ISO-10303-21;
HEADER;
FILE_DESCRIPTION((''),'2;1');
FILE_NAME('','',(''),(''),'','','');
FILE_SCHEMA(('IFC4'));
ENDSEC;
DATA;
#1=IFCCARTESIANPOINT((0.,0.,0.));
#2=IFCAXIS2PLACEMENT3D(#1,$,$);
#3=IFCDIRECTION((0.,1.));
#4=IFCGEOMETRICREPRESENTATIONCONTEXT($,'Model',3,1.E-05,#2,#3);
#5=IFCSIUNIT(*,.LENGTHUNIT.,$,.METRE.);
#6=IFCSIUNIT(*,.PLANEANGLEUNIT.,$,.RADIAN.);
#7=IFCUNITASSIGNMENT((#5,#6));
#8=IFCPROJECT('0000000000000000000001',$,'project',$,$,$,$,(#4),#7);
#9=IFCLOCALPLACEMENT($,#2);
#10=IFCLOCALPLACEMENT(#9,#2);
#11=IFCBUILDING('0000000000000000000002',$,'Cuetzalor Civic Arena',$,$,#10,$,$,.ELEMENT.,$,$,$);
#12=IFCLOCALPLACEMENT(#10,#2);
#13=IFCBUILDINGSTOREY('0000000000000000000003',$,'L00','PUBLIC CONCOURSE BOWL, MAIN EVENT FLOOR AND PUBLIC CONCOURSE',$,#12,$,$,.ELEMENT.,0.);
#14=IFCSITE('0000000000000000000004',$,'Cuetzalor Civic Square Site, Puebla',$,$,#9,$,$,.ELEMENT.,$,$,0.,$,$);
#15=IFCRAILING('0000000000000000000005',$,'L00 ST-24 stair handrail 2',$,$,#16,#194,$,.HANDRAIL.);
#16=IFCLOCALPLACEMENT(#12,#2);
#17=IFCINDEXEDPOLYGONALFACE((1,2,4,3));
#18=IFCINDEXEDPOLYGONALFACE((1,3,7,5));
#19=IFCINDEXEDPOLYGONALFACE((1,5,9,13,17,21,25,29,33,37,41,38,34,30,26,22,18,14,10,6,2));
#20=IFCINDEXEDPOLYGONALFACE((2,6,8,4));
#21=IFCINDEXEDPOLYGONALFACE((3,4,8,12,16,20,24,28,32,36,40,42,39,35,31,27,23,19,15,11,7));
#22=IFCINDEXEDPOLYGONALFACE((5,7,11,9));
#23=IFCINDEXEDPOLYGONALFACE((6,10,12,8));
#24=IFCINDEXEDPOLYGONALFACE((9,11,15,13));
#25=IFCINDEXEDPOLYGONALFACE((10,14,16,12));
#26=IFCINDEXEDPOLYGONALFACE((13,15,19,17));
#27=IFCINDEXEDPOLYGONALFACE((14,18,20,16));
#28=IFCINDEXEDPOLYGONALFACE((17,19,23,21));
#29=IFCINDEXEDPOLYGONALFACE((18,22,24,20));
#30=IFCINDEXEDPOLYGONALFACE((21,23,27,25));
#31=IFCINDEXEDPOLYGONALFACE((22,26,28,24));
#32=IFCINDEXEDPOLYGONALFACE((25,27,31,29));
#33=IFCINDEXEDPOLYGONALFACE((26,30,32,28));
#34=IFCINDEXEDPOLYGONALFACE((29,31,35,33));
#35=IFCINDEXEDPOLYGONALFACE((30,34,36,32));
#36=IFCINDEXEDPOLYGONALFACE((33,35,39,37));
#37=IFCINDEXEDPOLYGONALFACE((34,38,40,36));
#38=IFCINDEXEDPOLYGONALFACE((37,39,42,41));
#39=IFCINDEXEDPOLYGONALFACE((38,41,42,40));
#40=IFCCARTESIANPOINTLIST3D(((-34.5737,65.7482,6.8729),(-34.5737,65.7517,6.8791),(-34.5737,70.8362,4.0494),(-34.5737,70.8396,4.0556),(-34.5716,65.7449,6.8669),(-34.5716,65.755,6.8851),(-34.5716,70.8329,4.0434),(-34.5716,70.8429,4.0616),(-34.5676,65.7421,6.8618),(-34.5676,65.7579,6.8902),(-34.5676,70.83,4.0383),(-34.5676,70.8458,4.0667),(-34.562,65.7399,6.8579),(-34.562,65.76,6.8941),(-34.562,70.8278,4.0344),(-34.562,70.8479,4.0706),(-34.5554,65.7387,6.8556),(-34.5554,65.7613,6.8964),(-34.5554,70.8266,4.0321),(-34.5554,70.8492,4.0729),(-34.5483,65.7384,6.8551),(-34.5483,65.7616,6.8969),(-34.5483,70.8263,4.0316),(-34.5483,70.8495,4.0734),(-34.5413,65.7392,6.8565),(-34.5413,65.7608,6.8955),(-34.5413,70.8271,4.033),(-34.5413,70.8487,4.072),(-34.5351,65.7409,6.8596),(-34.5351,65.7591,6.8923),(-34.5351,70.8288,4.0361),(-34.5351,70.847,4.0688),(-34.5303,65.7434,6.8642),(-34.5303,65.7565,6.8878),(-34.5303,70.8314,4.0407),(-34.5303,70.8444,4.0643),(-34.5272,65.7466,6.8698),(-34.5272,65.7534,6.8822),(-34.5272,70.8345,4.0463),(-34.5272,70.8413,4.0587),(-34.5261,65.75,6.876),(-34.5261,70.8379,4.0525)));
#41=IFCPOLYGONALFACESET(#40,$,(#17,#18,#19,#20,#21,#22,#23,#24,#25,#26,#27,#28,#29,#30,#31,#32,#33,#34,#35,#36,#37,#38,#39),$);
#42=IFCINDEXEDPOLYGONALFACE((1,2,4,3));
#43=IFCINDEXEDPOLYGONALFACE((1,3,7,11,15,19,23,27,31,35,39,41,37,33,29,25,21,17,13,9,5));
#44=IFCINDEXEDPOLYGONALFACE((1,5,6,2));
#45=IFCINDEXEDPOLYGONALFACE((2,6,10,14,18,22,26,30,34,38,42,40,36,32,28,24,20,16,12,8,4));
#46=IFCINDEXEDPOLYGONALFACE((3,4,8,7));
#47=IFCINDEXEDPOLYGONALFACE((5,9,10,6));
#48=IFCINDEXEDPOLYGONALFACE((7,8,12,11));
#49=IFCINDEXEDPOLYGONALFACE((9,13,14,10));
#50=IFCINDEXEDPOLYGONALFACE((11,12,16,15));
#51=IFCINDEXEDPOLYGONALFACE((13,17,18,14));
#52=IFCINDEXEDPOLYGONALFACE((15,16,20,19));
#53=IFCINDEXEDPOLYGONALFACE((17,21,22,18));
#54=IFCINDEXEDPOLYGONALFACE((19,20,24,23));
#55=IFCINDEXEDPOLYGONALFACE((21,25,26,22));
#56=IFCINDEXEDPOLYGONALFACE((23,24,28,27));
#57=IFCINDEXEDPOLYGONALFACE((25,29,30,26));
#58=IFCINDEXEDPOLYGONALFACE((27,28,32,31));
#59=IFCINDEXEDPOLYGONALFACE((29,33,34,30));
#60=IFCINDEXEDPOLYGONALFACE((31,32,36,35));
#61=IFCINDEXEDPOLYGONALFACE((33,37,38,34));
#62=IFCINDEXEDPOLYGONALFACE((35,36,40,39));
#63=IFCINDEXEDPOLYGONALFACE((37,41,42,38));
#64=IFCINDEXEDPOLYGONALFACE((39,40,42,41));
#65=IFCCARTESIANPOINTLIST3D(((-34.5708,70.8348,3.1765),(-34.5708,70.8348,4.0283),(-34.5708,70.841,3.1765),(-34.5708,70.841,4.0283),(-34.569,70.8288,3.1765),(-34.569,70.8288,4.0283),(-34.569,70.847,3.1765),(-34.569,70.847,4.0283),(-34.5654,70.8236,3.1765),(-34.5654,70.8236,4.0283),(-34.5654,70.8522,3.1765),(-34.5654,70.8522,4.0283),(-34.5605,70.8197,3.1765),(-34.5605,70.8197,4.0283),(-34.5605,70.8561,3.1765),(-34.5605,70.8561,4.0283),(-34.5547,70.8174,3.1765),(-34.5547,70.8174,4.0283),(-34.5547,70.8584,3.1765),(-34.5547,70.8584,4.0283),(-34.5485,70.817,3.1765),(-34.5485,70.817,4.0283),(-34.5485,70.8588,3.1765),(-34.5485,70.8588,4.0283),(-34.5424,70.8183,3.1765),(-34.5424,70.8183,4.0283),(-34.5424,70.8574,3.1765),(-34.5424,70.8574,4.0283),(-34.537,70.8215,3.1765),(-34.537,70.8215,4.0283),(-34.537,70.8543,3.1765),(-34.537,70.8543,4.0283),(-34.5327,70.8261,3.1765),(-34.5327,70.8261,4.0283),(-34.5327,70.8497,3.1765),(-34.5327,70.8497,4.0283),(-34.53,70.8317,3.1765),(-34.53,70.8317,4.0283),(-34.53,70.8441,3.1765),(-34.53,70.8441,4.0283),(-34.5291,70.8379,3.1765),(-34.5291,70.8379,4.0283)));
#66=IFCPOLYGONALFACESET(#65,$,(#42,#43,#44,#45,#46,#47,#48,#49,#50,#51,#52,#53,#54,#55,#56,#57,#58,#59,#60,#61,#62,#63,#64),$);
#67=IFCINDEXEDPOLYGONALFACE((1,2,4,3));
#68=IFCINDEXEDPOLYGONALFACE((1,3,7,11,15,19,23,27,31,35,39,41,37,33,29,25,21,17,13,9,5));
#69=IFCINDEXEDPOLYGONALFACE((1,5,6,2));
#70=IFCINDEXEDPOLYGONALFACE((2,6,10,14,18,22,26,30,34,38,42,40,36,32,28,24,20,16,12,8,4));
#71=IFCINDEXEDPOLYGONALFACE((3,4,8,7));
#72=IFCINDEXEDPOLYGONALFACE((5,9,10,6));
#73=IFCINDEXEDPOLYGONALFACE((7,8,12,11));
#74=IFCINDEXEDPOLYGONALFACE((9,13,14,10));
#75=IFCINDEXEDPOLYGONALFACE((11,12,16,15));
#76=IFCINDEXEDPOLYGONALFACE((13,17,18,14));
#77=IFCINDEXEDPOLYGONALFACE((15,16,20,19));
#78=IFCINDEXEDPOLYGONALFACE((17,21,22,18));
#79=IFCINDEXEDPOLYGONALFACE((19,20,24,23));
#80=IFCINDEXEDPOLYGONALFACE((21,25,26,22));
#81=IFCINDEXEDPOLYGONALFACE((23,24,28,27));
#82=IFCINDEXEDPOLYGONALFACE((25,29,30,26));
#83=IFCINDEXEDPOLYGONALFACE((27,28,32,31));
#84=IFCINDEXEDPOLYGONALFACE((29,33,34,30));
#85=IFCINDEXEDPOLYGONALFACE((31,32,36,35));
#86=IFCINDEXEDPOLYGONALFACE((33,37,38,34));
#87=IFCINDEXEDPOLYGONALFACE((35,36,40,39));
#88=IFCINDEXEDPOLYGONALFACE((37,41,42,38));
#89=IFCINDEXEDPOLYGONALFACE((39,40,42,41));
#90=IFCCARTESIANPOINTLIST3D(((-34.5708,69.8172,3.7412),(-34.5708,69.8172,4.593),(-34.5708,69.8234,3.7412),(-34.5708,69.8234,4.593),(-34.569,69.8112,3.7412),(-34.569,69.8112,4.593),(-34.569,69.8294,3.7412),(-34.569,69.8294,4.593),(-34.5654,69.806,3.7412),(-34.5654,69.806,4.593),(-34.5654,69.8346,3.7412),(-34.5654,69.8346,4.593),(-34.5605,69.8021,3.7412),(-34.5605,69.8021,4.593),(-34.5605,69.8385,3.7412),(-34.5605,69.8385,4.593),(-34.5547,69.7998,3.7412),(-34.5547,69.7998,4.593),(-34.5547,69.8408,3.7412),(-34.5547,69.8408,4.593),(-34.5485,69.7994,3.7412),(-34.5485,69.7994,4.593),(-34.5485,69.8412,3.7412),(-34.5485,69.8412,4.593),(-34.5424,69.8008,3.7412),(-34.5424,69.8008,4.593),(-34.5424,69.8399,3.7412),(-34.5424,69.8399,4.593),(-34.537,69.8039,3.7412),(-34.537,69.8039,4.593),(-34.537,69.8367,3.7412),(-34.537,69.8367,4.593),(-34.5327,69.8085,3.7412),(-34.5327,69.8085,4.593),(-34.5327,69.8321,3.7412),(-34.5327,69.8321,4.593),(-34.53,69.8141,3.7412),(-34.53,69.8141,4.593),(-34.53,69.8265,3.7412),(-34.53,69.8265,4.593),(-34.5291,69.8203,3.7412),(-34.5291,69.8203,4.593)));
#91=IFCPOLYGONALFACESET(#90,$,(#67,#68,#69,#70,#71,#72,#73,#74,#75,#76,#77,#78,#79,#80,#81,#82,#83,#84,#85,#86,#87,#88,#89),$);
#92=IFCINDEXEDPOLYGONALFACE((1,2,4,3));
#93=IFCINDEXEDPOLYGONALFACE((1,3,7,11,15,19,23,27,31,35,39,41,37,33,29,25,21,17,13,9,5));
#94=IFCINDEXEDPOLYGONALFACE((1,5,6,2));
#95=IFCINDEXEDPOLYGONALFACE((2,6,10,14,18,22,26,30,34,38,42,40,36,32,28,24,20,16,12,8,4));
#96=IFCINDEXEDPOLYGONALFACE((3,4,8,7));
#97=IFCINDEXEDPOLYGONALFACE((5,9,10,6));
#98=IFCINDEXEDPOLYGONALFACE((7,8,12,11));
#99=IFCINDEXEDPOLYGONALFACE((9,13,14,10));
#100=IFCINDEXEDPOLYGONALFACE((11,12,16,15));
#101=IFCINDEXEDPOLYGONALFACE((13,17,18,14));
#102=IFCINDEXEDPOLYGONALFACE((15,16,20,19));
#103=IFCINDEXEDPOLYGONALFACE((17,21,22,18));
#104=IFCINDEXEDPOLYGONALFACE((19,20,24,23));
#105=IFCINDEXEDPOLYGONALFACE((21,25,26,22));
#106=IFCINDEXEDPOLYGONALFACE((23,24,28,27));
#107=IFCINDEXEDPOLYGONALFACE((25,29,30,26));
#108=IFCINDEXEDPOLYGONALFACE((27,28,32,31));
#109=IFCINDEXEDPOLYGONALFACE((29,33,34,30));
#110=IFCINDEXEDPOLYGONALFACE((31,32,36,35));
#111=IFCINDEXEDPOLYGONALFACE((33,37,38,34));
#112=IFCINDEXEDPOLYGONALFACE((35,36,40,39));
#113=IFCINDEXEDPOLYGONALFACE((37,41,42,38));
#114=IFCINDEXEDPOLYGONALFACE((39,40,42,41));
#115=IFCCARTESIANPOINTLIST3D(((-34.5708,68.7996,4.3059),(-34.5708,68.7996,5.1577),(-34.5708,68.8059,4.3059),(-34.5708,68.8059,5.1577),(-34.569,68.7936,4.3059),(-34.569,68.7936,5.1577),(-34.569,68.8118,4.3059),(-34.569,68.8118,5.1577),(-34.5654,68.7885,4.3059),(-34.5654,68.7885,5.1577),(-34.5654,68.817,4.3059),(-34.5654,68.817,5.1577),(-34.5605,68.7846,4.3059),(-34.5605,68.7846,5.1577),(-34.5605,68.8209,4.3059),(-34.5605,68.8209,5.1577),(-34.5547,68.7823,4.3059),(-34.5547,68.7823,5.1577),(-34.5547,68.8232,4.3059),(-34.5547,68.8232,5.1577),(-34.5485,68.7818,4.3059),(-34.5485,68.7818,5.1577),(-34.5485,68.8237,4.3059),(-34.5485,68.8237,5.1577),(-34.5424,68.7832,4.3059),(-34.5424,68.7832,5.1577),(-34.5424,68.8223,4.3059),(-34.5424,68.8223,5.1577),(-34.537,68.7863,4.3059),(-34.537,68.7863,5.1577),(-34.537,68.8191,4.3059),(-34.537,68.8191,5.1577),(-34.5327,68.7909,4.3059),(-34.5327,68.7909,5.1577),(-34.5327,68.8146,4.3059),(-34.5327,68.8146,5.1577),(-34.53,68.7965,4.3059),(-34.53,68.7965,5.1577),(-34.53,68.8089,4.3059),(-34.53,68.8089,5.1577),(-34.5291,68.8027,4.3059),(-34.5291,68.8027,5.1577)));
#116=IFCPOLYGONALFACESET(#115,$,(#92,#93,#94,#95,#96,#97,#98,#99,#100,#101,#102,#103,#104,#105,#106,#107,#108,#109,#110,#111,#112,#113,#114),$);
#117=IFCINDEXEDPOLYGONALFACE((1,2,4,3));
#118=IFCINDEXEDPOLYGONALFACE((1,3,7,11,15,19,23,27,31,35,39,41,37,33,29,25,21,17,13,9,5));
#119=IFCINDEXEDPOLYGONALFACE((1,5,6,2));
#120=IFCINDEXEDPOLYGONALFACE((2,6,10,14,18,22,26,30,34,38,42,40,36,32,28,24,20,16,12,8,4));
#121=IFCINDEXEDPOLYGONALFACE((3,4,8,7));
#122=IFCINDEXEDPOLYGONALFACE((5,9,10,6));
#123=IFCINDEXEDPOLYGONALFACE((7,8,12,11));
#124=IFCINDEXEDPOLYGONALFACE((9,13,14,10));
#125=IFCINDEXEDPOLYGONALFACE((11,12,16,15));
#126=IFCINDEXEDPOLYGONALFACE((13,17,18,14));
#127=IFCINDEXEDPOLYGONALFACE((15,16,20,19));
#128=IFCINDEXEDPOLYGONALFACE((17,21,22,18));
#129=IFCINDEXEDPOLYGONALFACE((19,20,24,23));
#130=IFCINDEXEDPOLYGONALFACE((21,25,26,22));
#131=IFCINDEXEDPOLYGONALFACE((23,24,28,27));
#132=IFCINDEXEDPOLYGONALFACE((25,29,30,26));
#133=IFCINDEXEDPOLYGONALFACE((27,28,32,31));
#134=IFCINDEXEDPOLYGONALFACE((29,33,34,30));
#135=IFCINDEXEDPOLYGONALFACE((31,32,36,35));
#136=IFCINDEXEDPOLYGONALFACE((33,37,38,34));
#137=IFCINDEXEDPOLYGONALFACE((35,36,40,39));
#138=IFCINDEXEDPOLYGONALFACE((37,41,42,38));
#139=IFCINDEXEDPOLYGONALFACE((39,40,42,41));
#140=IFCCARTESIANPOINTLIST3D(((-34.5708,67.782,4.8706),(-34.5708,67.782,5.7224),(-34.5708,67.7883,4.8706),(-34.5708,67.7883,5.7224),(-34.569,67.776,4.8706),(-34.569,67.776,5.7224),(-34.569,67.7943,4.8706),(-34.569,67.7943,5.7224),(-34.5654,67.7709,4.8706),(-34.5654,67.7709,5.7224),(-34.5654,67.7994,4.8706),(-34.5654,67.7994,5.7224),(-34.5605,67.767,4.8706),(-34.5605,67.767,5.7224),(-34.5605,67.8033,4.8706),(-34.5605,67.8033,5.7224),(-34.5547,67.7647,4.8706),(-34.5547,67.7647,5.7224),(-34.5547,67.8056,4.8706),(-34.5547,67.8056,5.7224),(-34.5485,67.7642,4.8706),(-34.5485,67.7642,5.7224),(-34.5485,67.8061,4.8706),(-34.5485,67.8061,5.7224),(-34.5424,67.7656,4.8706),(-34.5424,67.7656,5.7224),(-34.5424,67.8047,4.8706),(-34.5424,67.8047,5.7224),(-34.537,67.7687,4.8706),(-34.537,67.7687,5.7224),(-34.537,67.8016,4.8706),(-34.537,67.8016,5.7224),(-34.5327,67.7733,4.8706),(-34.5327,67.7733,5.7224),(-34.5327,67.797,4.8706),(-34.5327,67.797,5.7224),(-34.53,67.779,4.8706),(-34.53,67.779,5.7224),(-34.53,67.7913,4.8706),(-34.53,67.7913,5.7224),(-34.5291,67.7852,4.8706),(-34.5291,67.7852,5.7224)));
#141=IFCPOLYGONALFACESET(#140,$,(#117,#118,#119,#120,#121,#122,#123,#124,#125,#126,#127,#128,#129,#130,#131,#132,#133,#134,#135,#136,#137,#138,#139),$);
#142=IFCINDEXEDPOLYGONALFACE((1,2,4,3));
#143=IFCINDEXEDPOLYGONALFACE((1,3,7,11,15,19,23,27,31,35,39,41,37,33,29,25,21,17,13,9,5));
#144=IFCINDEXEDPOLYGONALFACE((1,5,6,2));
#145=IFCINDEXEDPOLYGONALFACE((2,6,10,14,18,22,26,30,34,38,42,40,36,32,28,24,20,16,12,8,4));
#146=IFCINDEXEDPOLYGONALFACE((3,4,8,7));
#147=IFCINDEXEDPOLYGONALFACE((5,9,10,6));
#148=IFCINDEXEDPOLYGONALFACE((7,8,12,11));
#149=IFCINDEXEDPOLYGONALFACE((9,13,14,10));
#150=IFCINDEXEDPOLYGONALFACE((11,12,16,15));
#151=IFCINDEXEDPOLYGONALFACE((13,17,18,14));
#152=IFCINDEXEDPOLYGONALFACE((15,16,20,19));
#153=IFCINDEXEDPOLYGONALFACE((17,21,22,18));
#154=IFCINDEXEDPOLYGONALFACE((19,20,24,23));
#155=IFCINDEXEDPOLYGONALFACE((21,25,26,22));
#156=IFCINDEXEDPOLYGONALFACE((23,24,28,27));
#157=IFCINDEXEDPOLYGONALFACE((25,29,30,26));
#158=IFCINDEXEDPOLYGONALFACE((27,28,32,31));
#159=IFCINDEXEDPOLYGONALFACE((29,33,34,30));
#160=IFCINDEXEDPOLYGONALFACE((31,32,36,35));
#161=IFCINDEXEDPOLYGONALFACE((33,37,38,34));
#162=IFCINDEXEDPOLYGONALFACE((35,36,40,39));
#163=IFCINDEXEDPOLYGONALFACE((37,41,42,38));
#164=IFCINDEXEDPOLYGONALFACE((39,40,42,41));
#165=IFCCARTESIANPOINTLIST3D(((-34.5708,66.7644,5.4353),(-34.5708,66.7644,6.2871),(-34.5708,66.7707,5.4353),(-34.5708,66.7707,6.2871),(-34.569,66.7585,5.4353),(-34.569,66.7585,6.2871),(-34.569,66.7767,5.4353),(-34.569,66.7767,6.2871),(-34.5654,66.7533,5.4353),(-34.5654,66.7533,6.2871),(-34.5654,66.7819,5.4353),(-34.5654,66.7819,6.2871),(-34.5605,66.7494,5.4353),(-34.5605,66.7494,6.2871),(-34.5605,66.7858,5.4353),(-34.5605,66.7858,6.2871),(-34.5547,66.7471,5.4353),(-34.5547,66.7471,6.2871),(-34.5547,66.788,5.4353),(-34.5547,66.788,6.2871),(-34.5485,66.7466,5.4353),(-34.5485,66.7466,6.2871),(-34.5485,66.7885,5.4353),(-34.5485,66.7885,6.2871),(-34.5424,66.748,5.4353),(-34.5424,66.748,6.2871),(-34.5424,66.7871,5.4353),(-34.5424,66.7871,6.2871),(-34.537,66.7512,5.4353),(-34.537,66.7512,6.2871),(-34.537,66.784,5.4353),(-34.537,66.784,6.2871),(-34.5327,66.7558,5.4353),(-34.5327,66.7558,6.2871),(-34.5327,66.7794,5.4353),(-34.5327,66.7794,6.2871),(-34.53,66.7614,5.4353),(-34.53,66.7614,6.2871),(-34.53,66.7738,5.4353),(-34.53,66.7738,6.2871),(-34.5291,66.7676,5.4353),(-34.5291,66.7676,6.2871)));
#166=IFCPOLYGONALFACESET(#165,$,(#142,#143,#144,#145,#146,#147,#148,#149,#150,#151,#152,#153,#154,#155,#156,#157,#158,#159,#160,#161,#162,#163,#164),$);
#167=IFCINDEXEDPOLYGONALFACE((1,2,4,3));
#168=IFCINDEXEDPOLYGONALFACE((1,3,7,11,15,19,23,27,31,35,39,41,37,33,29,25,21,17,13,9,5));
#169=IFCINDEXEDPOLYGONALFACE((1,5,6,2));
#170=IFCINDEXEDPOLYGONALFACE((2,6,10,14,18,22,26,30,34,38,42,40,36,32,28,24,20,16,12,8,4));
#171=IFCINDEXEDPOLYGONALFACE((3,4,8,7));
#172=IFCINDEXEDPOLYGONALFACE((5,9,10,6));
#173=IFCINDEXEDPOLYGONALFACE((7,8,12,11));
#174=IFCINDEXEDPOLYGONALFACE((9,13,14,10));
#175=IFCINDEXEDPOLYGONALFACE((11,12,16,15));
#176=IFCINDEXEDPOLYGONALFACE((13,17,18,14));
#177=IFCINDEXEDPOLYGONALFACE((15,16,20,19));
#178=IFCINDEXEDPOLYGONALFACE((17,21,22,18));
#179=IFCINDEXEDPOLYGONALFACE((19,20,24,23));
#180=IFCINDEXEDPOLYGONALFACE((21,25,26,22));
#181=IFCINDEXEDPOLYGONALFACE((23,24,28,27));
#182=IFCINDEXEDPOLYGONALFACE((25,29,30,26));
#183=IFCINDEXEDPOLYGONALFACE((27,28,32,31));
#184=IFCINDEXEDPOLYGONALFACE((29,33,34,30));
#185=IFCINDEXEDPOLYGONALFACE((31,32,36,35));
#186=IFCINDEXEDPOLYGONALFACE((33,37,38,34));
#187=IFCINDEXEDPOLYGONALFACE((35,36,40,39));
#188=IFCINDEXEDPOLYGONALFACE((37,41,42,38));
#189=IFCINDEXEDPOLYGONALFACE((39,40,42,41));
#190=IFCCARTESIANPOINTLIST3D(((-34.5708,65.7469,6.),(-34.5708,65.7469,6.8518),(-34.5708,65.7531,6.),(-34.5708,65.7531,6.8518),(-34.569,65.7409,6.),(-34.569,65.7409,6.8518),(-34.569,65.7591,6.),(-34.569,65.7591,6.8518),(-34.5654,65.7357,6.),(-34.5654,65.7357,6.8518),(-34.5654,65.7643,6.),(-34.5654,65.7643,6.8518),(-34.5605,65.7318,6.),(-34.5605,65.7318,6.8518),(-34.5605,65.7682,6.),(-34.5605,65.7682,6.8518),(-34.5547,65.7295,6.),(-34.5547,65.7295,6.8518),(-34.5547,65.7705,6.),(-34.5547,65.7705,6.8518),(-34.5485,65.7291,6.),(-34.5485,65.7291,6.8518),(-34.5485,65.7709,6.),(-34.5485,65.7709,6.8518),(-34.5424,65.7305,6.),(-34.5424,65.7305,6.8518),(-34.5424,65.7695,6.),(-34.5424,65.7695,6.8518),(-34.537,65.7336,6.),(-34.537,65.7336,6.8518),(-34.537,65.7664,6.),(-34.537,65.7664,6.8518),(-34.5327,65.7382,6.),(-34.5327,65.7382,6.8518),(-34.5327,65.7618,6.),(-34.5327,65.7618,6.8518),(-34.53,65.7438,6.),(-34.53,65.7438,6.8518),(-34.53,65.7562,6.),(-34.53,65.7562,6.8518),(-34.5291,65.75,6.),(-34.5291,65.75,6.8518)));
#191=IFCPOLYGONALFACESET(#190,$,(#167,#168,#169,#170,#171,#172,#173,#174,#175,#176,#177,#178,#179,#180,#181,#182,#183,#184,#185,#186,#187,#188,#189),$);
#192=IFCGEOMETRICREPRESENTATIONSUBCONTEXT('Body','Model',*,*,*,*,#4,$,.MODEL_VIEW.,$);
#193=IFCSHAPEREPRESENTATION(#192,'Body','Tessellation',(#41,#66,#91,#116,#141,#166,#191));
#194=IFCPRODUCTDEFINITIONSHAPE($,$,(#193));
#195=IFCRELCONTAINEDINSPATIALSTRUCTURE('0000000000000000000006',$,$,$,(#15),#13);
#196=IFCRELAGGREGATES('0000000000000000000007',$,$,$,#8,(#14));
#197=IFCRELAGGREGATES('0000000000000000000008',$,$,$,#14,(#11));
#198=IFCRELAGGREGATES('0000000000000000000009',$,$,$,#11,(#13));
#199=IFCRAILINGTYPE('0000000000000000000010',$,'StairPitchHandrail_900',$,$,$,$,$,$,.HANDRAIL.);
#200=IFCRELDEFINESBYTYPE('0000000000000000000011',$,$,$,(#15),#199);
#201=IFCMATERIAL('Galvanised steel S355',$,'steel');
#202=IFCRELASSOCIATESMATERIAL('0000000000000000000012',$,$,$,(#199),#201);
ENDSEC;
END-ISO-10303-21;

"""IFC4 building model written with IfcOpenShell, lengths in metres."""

from ifc_helpers import new_model, si_unit, direction, frame, origin, origin_2d, place, context, subcontext, project, spatial, circle, extrude, material, type_object, element, save


model = new_model("IFC4")

# Units and contexts
model_context = context("Model", 3, precision=1e-05, world=origin(), true_north=direction((0.0, 1.0)))
body_context = subcontext(model_context, "Body", "Model", "MODEL_VIEW")
ifc_project = project(units=[si_unit("LENGTHUNIT", "METRE"), si_unit("PLANEANGLEUNIT", "RADIAN")], contexts=[model_context])

# Site, building, storey
site_placement = place(None, origin())
site = spatial("IfcSite", under=ifc_project, at=site_placement, Name="Cuetzalor Civic Square Site, Puebla", CompositionType="ELEMENT", RefElevation=0.0)
building_placement = place(site_placement, origin())
building = spatial("IfcBuilding", under=site, at=building_placement, Name="Cuetzalor Civic Arena", CompositionType="ELEMENT")
storey_placement = place(building_placement, origin())
storey = spatial("IfcBuildingStorey", under=building, at=storey_placement, Name="L00", Description="PUBLIC CONCOURSE BOWL, MAIN EVENT FLOOR AND PUBLIC CONCOURSE", CompositionType="ELEMENT", Elevation=0.0)

# Railing
ifc_material_1 = material(Name="Galvanised steel S355", Category="steel")
railing_type_1 = type_object("IfcRailingType", Name="StairPitchHandrail_900", PredefinedType="HANDRAIL", material=ifc_material_1)
railing_1_placement = place(storey_placement, frame((-34.55, 70.8379, 3.1765)))
element("IfcRailing", 1, at=railing_1_placement, inside=storey, type_object=railing_type_1, Name="L00 ST-24 stair handrail 2", PredefinedType="HANDRAIL", context=body_context, shape_type="SweptSolid", body=[
    extrude(circle(Radius=0.0239, at=origin_2d()), frame((0.0, 0.0, 0.876), z_axis=(0.0, -0.874385, 0.485233), x_axis=(1.0, 0.0, 0.0)), (0.0, 0.0, 1.0), 5.8188),
    extrude(circle(Radius=0.021, at=origin_2d()), origin(), (0.0, 0.0, 1.0), 0.8518),
    extrude(circle(Radius=0.021, at=origin_2d()), frame((0.0, -1.0176, 0.5647)), (0.0, 0.0, 1.0), 0.8518),
    extrude(circle(Radius=0.021, at=origin_2d()), frame((0.0, -2.0352, 1.1294)), (0.0, 0.0, 1.0), 0.8518),
    extrude(circle(Radius=0.021, at=origin_2d()), frame((0.0, -3.0527, 1.6941)), (0.0, 0.0, 1.0), 0.8518),
    extrude(circle(Radius=0.021, at=origin_2d()), frame((0.0, -4.0703, 2.2588)), (0.0, 0.0, 1.0), 0.8518),
    extrude(circle(Radius=0.021, at=origin_2d()), frame((0.0, -5.0879, 2.8235)), (0.0, 0.0, 1.0), 0.8518),
])

save(model, "model.ifc")
